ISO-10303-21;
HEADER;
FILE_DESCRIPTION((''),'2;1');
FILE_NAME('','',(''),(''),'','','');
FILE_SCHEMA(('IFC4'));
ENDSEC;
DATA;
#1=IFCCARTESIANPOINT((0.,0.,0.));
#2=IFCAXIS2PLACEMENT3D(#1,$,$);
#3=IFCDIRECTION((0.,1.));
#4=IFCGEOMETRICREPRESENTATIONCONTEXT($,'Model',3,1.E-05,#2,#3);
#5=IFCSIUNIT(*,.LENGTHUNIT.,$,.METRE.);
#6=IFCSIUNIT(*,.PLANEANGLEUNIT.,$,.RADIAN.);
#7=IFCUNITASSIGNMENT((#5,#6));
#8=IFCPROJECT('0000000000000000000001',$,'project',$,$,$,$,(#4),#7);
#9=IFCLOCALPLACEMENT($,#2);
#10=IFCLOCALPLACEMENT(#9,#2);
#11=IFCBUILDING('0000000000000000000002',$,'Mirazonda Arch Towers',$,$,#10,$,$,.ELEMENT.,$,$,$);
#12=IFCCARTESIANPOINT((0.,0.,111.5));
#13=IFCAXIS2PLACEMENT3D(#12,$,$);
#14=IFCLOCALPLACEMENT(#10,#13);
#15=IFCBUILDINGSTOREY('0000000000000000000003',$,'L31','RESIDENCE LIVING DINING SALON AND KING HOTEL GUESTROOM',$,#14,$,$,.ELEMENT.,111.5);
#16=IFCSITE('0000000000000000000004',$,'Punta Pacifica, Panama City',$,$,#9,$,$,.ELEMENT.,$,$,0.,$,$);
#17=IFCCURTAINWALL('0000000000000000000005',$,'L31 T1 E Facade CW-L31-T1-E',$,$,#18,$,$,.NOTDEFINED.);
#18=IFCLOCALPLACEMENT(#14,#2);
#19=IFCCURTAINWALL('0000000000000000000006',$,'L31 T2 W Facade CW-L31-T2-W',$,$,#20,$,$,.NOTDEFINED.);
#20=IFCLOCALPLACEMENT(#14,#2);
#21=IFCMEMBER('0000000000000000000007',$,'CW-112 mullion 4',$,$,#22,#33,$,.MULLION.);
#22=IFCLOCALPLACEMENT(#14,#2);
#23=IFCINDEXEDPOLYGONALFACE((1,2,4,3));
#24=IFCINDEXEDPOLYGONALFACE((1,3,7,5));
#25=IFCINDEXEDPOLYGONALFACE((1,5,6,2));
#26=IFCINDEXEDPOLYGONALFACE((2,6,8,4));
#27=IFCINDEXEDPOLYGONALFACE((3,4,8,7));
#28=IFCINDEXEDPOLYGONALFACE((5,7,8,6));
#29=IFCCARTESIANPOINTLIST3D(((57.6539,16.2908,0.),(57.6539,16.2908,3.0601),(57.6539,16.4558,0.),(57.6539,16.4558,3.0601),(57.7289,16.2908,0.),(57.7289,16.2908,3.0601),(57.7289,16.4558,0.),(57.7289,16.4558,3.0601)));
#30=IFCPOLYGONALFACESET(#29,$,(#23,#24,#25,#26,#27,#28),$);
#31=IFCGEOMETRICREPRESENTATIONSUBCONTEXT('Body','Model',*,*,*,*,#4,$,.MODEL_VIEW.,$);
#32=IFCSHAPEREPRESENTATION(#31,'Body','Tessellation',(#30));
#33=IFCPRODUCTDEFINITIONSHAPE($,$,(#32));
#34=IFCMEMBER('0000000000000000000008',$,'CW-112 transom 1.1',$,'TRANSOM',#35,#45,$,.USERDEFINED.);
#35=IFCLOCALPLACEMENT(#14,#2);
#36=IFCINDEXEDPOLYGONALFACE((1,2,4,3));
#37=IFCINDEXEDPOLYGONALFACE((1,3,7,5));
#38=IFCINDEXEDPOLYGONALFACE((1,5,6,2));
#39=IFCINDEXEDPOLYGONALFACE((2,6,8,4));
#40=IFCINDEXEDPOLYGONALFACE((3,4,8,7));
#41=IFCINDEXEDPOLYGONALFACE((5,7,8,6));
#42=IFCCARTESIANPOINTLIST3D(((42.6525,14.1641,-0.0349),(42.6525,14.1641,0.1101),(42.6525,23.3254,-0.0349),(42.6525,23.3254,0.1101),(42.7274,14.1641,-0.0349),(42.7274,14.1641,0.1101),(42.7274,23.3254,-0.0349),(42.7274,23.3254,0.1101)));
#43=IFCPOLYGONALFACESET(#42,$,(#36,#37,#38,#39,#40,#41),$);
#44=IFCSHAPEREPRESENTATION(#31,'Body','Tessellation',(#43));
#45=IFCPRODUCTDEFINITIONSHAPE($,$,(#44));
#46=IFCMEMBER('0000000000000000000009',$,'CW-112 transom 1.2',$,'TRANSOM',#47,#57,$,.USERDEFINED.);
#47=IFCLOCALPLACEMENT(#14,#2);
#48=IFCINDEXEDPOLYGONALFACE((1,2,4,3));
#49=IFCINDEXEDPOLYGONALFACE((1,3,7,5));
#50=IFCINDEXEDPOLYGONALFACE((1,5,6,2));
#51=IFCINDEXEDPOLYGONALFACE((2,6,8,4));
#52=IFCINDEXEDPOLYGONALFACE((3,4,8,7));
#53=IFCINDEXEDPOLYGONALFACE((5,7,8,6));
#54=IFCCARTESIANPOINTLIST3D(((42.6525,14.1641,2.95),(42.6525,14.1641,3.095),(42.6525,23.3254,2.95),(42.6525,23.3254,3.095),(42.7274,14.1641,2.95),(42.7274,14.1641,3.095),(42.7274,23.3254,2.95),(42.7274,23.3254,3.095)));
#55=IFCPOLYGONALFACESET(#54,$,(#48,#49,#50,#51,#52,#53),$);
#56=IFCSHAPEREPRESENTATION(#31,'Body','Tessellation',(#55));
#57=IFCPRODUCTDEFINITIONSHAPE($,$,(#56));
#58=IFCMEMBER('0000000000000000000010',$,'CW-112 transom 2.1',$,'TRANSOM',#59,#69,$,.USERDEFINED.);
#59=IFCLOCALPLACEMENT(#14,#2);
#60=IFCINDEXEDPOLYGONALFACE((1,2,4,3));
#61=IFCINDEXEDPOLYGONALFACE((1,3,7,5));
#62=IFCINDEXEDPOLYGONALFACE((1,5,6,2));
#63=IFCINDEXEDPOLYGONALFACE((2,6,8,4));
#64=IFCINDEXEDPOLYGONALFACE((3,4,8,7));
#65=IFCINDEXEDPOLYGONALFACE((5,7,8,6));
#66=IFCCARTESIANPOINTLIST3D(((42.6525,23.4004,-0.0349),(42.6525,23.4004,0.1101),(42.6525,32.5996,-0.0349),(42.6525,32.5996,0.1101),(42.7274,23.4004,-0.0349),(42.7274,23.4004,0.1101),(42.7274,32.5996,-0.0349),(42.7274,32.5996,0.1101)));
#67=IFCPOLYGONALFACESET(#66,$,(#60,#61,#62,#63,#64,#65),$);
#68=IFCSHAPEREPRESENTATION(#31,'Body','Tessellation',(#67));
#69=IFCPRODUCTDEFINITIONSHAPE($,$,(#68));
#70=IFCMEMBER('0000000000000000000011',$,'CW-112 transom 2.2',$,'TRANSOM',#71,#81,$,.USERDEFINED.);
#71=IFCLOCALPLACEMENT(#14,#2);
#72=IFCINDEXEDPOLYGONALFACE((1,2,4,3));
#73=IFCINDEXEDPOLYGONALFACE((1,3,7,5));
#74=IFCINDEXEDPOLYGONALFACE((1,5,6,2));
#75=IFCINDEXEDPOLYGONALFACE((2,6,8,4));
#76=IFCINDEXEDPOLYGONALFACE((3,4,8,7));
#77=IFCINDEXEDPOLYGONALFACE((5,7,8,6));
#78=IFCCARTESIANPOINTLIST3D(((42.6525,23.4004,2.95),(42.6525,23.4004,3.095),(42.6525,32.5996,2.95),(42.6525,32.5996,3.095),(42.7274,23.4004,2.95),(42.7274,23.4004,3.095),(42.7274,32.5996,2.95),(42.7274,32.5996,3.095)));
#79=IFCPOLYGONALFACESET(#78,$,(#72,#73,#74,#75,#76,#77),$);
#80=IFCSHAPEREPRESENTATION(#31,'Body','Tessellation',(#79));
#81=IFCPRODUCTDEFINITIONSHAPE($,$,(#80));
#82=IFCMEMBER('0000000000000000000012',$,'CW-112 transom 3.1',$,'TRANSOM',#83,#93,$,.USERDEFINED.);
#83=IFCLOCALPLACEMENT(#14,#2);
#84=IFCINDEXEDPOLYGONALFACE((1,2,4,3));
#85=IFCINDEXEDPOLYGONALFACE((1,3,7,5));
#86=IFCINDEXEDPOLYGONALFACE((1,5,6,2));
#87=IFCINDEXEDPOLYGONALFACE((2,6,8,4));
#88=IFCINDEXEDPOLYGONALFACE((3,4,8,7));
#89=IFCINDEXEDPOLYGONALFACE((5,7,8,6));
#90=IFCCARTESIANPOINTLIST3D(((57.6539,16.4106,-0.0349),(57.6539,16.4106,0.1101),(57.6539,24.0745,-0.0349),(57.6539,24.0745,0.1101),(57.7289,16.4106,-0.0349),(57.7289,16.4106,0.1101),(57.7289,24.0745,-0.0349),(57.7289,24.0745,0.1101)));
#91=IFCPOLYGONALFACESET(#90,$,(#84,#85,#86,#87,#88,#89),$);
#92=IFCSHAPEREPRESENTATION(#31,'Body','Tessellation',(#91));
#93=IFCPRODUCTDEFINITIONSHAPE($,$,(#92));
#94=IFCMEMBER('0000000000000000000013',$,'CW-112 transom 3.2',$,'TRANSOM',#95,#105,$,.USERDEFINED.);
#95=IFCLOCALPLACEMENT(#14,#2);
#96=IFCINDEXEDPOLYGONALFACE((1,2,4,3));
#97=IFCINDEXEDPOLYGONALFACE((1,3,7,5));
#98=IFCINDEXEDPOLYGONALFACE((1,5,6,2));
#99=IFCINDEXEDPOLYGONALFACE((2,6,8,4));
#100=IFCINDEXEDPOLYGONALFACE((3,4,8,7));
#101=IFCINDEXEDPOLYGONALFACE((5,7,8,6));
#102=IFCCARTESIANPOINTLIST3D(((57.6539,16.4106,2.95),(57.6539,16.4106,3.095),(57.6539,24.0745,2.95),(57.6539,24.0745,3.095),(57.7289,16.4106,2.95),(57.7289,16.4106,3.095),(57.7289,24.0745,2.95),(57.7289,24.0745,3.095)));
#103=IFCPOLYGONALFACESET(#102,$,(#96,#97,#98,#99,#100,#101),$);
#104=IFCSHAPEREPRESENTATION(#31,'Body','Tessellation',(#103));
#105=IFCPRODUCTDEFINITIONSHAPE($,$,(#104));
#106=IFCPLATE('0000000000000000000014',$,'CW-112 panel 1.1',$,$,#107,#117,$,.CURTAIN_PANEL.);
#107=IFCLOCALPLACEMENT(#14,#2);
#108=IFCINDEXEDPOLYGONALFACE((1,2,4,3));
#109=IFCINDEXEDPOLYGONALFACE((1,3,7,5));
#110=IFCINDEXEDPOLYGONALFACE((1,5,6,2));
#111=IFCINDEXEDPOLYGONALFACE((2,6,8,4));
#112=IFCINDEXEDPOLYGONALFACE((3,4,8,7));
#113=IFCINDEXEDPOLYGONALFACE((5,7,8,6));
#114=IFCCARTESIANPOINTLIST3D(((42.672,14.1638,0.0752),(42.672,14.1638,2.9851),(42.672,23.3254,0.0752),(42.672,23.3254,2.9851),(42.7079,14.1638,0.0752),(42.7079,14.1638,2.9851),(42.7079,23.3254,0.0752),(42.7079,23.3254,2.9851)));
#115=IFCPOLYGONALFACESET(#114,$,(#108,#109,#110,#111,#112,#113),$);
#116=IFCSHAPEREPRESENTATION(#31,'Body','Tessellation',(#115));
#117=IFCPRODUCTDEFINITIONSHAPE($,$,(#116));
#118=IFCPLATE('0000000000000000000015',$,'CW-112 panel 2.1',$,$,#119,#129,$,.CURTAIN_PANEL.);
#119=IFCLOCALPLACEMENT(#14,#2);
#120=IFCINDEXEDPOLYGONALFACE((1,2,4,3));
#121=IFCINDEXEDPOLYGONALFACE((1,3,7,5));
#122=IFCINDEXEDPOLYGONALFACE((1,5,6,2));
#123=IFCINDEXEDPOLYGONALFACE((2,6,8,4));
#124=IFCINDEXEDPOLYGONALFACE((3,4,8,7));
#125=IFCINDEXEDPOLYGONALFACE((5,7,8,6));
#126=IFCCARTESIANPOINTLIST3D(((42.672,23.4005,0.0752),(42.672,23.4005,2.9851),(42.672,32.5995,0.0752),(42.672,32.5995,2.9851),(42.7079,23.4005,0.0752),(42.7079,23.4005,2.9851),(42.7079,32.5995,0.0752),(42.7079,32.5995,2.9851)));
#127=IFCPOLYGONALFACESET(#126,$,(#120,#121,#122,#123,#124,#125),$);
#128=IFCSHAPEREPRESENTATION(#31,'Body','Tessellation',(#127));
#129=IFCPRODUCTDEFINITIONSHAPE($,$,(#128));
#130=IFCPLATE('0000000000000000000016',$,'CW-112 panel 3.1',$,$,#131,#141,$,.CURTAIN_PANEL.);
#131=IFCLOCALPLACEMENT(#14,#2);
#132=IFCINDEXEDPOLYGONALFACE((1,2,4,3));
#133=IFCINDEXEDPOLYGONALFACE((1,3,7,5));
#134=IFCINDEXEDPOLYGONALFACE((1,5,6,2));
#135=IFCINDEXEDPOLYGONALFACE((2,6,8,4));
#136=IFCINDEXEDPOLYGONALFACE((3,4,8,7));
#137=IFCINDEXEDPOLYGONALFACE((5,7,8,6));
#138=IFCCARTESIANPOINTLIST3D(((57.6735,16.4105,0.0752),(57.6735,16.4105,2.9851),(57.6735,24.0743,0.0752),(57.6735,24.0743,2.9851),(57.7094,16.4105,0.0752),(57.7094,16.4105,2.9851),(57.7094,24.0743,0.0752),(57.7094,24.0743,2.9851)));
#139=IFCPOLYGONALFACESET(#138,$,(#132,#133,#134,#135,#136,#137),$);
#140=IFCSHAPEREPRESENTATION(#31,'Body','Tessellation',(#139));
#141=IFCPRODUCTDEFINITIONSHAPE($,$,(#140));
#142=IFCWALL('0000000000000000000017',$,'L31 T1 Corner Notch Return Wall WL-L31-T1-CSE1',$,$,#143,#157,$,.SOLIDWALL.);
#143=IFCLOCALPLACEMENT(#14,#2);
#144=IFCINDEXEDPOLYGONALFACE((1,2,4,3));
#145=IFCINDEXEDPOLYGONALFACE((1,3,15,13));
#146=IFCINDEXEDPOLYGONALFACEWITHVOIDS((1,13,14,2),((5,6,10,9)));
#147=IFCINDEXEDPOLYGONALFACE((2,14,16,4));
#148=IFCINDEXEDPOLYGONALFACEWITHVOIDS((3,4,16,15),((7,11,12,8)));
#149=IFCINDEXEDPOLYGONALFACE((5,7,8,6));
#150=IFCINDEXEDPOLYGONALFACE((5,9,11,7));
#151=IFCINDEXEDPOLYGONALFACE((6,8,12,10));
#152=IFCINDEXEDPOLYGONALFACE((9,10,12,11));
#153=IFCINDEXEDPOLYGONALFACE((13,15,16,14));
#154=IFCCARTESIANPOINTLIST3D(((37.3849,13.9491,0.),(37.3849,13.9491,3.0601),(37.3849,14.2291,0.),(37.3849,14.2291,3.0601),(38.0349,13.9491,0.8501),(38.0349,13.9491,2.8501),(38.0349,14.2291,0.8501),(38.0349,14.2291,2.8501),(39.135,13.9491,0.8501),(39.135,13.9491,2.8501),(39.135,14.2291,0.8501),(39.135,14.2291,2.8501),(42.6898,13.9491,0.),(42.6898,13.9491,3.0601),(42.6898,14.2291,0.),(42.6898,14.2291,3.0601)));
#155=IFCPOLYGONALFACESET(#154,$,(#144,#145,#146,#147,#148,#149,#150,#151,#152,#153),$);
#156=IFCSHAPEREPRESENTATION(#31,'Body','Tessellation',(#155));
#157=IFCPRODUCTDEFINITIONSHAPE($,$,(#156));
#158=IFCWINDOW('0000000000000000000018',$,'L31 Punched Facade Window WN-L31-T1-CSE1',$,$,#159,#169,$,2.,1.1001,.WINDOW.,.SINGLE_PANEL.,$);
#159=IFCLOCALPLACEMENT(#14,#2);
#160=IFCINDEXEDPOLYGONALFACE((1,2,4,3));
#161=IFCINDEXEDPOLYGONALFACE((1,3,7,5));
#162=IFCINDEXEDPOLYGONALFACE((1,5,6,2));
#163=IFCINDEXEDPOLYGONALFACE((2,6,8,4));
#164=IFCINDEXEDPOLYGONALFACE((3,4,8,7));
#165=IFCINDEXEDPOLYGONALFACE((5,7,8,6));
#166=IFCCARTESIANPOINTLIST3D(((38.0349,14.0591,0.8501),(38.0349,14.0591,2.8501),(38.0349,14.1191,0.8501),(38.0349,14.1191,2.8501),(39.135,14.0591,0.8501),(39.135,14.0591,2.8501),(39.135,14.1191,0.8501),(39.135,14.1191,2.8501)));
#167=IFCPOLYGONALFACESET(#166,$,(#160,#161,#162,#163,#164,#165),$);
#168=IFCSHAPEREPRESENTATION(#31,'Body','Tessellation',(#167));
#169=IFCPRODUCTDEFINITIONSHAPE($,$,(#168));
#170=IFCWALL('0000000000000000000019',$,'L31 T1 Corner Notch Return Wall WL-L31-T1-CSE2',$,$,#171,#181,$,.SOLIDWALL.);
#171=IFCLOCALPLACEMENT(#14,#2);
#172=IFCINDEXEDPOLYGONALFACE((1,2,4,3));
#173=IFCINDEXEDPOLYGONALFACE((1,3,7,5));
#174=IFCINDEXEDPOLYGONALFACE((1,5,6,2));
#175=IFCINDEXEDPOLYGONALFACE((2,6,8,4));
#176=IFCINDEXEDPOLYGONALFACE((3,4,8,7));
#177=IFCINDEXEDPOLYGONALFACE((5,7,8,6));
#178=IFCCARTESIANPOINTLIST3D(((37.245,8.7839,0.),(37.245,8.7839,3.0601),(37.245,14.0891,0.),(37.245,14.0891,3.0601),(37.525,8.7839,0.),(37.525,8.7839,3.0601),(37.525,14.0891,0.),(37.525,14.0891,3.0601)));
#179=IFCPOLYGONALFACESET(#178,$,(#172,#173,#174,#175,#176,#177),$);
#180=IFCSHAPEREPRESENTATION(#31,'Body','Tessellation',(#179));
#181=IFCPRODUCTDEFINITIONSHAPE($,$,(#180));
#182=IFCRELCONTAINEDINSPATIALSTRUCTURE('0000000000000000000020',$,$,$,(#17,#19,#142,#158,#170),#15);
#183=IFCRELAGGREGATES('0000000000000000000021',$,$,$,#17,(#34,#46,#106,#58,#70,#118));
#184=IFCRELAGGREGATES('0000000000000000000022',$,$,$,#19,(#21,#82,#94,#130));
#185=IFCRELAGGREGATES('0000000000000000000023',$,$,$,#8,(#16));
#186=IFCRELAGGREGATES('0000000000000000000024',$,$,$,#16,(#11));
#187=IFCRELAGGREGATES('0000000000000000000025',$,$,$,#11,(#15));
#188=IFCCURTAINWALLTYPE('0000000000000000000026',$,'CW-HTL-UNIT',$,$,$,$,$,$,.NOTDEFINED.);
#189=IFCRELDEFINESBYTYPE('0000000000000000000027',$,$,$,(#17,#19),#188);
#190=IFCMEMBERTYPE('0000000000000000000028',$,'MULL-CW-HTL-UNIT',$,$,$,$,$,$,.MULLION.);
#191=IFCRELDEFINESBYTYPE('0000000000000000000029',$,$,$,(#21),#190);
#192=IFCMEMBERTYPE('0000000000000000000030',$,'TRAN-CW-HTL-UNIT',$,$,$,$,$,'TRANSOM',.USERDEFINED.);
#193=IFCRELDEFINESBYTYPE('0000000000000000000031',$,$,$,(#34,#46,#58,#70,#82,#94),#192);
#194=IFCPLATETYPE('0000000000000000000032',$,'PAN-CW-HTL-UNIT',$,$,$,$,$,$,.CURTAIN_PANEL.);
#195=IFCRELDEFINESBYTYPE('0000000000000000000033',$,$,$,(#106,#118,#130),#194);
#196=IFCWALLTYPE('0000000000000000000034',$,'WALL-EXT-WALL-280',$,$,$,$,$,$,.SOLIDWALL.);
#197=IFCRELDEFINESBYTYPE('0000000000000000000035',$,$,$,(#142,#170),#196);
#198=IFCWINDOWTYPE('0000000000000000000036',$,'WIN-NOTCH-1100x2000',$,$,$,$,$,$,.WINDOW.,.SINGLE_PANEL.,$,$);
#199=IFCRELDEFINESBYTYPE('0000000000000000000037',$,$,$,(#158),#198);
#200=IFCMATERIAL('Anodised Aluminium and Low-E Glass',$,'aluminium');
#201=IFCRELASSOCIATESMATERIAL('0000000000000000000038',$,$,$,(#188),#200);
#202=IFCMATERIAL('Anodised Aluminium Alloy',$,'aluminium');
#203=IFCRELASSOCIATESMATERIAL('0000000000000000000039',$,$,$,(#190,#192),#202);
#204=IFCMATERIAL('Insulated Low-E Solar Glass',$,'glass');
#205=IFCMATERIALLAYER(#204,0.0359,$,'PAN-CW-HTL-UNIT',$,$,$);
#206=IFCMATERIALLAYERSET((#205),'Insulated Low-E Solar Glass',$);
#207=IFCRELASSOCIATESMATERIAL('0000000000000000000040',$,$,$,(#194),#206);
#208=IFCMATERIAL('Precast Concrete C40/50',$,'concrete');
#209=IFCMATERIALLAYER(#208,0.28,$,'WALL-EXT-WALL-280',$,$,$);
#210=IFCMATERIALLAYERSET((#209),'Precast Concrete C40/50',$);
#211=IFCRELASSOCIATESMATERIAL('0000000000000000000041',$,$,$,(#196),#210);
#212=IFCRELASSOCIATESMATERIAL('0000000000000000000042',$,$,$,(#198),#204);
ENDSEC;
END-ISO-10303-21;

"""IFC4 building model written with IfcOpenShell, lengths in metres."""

from ifc_helpers import new_model, si_unit, direction, frame, frame_2d, origin, origin_2d, place, context, subcontext, project, spatial, rectangle, extrude, material, layer, layer_set, material_profile, profile_set, type_object, element, fill, aggregate, save


model = new_model("IFC4")

# Units and contexts
model_context = context("Model", 3, precision=1e-05, world=origin(), true_north=direction((0.0, 1.0)))
body_context = subcontext(model_context, "Body", "Model", "MODEL_VIEW")
ifc_project = project(units=[si_unit("LENGTHUNIT", "METRE"), si_unit("PLANEANGLEUNIT", "RADIAN")], contexts=[model_context])

# Site, building, storey
site_placement = place(None, origin())
site = spatial("IfcSite", under=ifc_project, at=site_placement, Name="Punta Pacifica, Panama City", CompositionType="ELEMENT", RefElevation=0.0)
building_placement = place(site_placement, origin())
building = spatial("IfcBuilding", under=site, at=building_placement, Name="Mirazonda Arch Towers", CompositionType="ELEMENT")
storey_placement = place(building_placement, frame((0.0, 0.0, 111.5)))
storey = spatial("IfcBuildingStorey", under=building, at=storey_placement, Name="L31", Description="RESIDENCE LIVING DINING SALON AND KING HOTEL GUESTROOM", CompositionType="ELEMENT", Elevation=111.5)

# Shared definitions
ifc_material_1 = material(Name="Anodised Aluminium and Low-E Glass", Category="aluminium")
curtain_wall_type = type_object("IfcCurtainWallType", Name="CW-HTL-UNIT", PredefinedType="NOTDEFINED", material=ifc_material_1)
ifc_material_2 = material(Name="Anodised Aluminium Alloy", Category="aluminium")
ifc_material_profile_1 = material_profile(ifc_material_2, rectangle(XDim=0.075, YDim=0.165, at=origin_2d()), Name="ALU-MULL-75x165")
ifc_profile_set_1 = profile_set([ifc_material_profile_1], Name="Anodised Aluminium Alloy")
member_type_1 = type_object("IfcMemberType", Name="MULL-CW-HTL-UNIT", PredefinedType="MULLION", material=ifc_profile_set_1)

# Curtain walls, member
curtain_wall_1_placement = place(storey_placement, origin())
curtain_wall_1 = element("IfcCurtainWall", 1, at=curtain_wall_1_placement, inside=storey, type_object=curtain_wall_type, Name="L31 T1 E Facade CW-L31-T1-E", PredefinedType="NOTDEFINED")
curtain_wall_2_placement = place(storey_placement, origin())
curtain_wall_2 = element("IfcCurtainWall", 2, at=curtain_wall_2_placement, inside=storey, type_object=curtain_wall_type, Name="L31 T2 W Facade CW-L31-T2-W", PredefinedType="NOTDEFINED")
member_1_placement = place(storey_placement, frame((57.6914, 16.3733, 0.0), z_axis=(0.0, 0.0, 1.0), x_axis=(1.0, 0.0, 0.0)))
member_1 = element("IfcMember", 3, at=member_1_placement, type_object=member_type_1, Name="CW-112 mullion 4", PredefinedType="MULLION", context=body_context, shape_type="SweptSolid", body=[
    extrude(rectangle(XDim=0.075, YDim=0.165, at=origin_2d()), origin(), (0.0, 0.0, 1.0), 3.0601),
])

# Members
ifc_material_profile_2 = material_profile(ifc_material_2, rectangle(XDim=0.075, YDim=0.145, at=origin_2d()), Name="ALU-TRAN-75x145")
ifc_profile_set_2 = profile_set([ifc_material_profile_2], Name="Anodised Aluminium Alloy")
member_type_2 = type_object("IfcMemberType", Name="TRAN-CW-HTL-UNIT", ElementType="TRANSOM", PredefinedType="USERDEFINED", material=ifc_profile_set_2)
member_2_placement = place(storey_placement, frame((42.6899, 14.1641, 0.0376), z_axis=(0.0, 1.0, 0.0), x_axis=(-1.0, 0.0, 0.0)))
member_2 = element("IfcMember", 4, at=member_2_placement, type_object=member_type_2, Name="CW-112 transom 1.1", ObjectType="TRANSOM", PredefinedType="USERDEFINED", context=body_context, shape_type="SweptSolid", body=[
    extrude(rectangle(XDim=0.075, YDim=0.145, at=origin_2d()), origin(), (0.0, 0.0, 1.0), 9.1614),
])
member_3_placement = place(storey_placement, frame((42.6899, 14.1641, 3.0225), z_axis=(0.0, 1.0, 0.0), x_axis=(-1.0, 0.0, 0.0)))
member_3 = element("IfcMember", 5, at=member_3_placement, type_object=member_type_2, Name="CW-112 transom 1.2", ObjectType="TRANSOM", PredefinedType="USERDEFINED", context=body_context, shape_type="SweptSolid", body=[
    extrude(rectangle(XDim=0.075, YDim=0.145, at=origin_2d()), origin(), (0.0, 0.0, 1.0), 9.1614),
])
member_4_placement = place(storey_placement, frame((42.6899, 23.4004, 0.0376), z_axis=(0.0, 1.0, 0.0), x_axis=(-1.0, 0.0, 0.0)))
member_4 = element("IfcMember", 6, at=member_4_placement, type_object=member_type_2, Name="CW-112 transom 2.1", ObjectType="TRANSOM", PredefinedType="USERDEFINED", context=body_context, shape_type="SweptSolid", body=[
    extrude(rectangle(XDim=0.075, YDim=0.145, at=origin_2d()), origin(), (0.0, 0.0, 1.0), 9.1992),
])
member_5_placement = place(storey_placement, frame((42.6899, 23.4004, 3.0225), z_axis=(0.0, 1.0, 0.0), x_axis=(-1.0, 0.0, 0.0)))
member_5 = element("IfcMember", 7, at=member_5_placement, type_object=member_type_2, Name="CW-112 transom 2.2", ObjectType="TRANSOM", PredefinedType="USERDEFINED", context=body_context, shape_type="SweptSolid", body=[
    extrude(rectangle(XDim=0.075, YDim=0.145, at=origin_2d()), origin(), (0.0, 0.0, 1.0), 9.1992),
])
member_6_placement = place(storey_placement, frame((57.6914, 24.0745, 0.0376), z_axis=(0.0, -1.0, 0.0), x_axis=(1.0, 0.0, 0.0)))
member_6 = element("IfcMember", 8, at=member_6_placement, type_object=member_type_2, Name="CW-112 transom 3.1", ObjectType="TRANSOM", PredefinedType="USERDEFINED", context=body_context, shape_type="SweptSolid", body=[
    extrude(rectangle(XDim=0.075, YDim=0.145, at=origin_2d()), origin(), (0.0, 0.0, 1.0), 7.6638),
])
member_7_placement = place(storey_placement, frame((57.6914, 24.0745, 3.0225), z_axis=(0.0, -1.0, 0.0), x_axis=(1.0, 0.0, 0.0)))
member_7 = element("IfcMember", 9, at=member_7_placement, type_object=member_type_2, Name="CW-112 transom 3.2", ObjectType="TRANSOM", PredefinedType="USERDEFINED", context=body_context, shape_type="SweptSolid", body=[
    extrude(rectangle(XDim=0.075, YDim=0.145, at=origin_2d()), origin(), (0.0, 0.0, 1.0), 7.6638),
])

# Plates
ifc_material_3 = material(Name="Insulated Low-E Solar Glass", Category="glass")
ifc_layer_1 = layer(ifc_material_3, 0.0359, Name="PAN-CW-HTL-UNIT")
ifc_layer_set_1 = layer_set([ifc_layer_1], Name="Insulated Low-E Solar Glass")
plate_type = type_object("IfcPlateType", Name="PAN-CW-HTL-UNIT", PredefinedType="CURTAIN_PANEL", material=ifc_layer_set_1)
plate_1_placement = place(storey_placement, frame((42.6899, 18.7446, 0.0752), z_axis=(0.0, 0.0, 1.0), x_axis=(0.0, 1.0, 0.0)))
plate_1 = element("IfcPlate", 10, at=plate_1_placement, type_object=plate_type, Name="CW-112 panel 1.1", PredefinedType="CURTAIN_PANEL", context=body_context, shape_type="SweptSolid", body=[
    extrude(rectangle(XDim=9.1616, YDim=0.0359, at=origin_2d()), origin(), (0.0, 0.0, 1.0), 2.9099),
])
plate_2_placement = place(storey_placement, frame((42.6899, 28.0, 0.0752), z_axis=(0.0, 0.0, 1.0), x_axis=(0.0, 1.0, 0.0)))
plate_2 = element("IfcPlate", 11, at=plate_2_placement, type_object=plate_type, Name="CW-112 panel 2.1", PredefinedType="CURTAIN_PANEL", context=body_context, shape_type="SweptSolid", body=[
    extrude(rectangle(XDim=9.199, YDim=0.0359, at=origin_2d()), origin(), (0.0, 0.0, 1.0), 2.9099),
])
aggregate(curtain_wall_1, [member_2, member_3, plate_1, member_4, member_5, plate_2])
plate_3_placement = place(storey_placement, frame((57.6914, 20.2424, 0.0752), z_axis=(0.0, 0.0, 1.0), x_axis=(0.0, -1.0, 0.0)))
plate_3 = element("IfcPlate", 12, at=plate_3_placement, type_object=plate_type, Name="CW-112 panel 3.1", PredefinedType="CURTAIN_PANEL", context=body_context, shape_type="SweptSolid", body=[
    extrude(rectangle(XDim=7.6638, YDim=0.0359, at=origin_2d()), origin(), (0.0, 0.0, 1.0), 2.9099),
])
aggregate(curtain_wall_2, [member_1, member_6, member_7, plate_3])

# Wall, opening, window
ifc_material_4 = material(Name="Precast Concrete C40/50", Category="concrete")
ifc_layer_2 = layer(ifc_material_4, 0.28, Name="WALL-EXT-WALL-280")
ifc_layer_set_2 = layer_set([ifc_layer_2], Name="Precast Concrete C40/50")
wall_type_1 = type_object("IfcWallType", Name="WALL-EXT-WALL-280", PredefinedType="SOLIDWALL", material=ifc_layer_set_2)
wall_1_placement = place(storey_placement, frame((37.385, 14.0891, 0.0), z_axis=(0.0, 0.0, 1.0), x_axis=(1.0, 0.0, 0.0)))
wall_1 = element("IfcWall", 13, at=wall_1_placement, inside=storey, type_object=wall_type_1, Name="L31 T1 Corner Notch Return Wall WL-L31-T1-CSE1", PredefinedType="SOLIDWALL", context=body_context, shape_type="SweptSolid", body=[
    extrude(rectangle(XDim=5.3049, YDim=0.28, at=frame_2d((2.6523, 0.0))), origin(), (0.0, 0.0, 1.0), 3.0601),
])
opening_1_placement = place(wall_1_placement, frame((0.6499, 0.0, 0.8501)))
opening_1 = element("IfcOpeningElement", 14, at=opening_1_placement, cuts=wall_1, PredefinedType="OPENING", context=body_context, shape_type="SweptSolid", body=[
    extrude(rectangle(XDim=1.1001, YDim=2.0, at=frame_2d((0.55, 1.0))), frame((0.0, 0.1499, 0.0), z_axis=(0.0, -1.0, 0.0), x_axis=(1.0, 0.0, 0.0)), (0.0, 0.0, 1.0), 0.3),
])
window_type = type_object("IfcWindowType", Name="WIN-NOTCH-1100x2000", PartitioningType="SINGLE_PANEL", PredefinedType="WINDOW", material=ifc_material_3)
window_1_placement = place(opening_1_placement, origin())
window_1 = element("IfcWindow", 15, at=window_1_placement, inside=storey, type_object=window_type, Name="L31 Punched Facade Window WN-L31-T1-CSE1", OverallHeight=2.0, OverallWidth=1.1001, PartitioningType="SINGLE_PANEL", PredefinedType="WINDOW", context=body_context, shape_type="SweptSolid", body=[
    extrude(rectangle(XDim=1.1001, YDim=2.0, at=frame_2d((0.55, 1.0))), frame((0.0, 0.03, 0.0), z_axis=(0.0, -1.0, 0.0), x_axis=(1.0, 0.0, 0.0)), (0.0, 0.0, 1.0), 0.0601),
])
fill(opening_1, window_1)

# Wall
wall_2_placement = place(storey_placement, frame((37.385, 8.7839, 0.0), z_axis=(0.0, 0.0, 1.0), x_axis=(0.0, 1.0, 0.0)))
element("IfcWall", 16, at=wall_2_placement, inside=storey, type_object=wall_type_1, Name="L31 T1 Corner Notch Return Wall WL-L31-T1-CSE2", PredefinedType="SOLIDWALL", context=body_context, shape_type="SweptSolid", body=[
    extrude(rectangle(XDim=5.3052, YDim=0.28, at=frame_2d((2.6526, 0.0))), origin(), (0.0, 0.0, 1.0), 3.0601),
])

save(model, "model.ifc")
